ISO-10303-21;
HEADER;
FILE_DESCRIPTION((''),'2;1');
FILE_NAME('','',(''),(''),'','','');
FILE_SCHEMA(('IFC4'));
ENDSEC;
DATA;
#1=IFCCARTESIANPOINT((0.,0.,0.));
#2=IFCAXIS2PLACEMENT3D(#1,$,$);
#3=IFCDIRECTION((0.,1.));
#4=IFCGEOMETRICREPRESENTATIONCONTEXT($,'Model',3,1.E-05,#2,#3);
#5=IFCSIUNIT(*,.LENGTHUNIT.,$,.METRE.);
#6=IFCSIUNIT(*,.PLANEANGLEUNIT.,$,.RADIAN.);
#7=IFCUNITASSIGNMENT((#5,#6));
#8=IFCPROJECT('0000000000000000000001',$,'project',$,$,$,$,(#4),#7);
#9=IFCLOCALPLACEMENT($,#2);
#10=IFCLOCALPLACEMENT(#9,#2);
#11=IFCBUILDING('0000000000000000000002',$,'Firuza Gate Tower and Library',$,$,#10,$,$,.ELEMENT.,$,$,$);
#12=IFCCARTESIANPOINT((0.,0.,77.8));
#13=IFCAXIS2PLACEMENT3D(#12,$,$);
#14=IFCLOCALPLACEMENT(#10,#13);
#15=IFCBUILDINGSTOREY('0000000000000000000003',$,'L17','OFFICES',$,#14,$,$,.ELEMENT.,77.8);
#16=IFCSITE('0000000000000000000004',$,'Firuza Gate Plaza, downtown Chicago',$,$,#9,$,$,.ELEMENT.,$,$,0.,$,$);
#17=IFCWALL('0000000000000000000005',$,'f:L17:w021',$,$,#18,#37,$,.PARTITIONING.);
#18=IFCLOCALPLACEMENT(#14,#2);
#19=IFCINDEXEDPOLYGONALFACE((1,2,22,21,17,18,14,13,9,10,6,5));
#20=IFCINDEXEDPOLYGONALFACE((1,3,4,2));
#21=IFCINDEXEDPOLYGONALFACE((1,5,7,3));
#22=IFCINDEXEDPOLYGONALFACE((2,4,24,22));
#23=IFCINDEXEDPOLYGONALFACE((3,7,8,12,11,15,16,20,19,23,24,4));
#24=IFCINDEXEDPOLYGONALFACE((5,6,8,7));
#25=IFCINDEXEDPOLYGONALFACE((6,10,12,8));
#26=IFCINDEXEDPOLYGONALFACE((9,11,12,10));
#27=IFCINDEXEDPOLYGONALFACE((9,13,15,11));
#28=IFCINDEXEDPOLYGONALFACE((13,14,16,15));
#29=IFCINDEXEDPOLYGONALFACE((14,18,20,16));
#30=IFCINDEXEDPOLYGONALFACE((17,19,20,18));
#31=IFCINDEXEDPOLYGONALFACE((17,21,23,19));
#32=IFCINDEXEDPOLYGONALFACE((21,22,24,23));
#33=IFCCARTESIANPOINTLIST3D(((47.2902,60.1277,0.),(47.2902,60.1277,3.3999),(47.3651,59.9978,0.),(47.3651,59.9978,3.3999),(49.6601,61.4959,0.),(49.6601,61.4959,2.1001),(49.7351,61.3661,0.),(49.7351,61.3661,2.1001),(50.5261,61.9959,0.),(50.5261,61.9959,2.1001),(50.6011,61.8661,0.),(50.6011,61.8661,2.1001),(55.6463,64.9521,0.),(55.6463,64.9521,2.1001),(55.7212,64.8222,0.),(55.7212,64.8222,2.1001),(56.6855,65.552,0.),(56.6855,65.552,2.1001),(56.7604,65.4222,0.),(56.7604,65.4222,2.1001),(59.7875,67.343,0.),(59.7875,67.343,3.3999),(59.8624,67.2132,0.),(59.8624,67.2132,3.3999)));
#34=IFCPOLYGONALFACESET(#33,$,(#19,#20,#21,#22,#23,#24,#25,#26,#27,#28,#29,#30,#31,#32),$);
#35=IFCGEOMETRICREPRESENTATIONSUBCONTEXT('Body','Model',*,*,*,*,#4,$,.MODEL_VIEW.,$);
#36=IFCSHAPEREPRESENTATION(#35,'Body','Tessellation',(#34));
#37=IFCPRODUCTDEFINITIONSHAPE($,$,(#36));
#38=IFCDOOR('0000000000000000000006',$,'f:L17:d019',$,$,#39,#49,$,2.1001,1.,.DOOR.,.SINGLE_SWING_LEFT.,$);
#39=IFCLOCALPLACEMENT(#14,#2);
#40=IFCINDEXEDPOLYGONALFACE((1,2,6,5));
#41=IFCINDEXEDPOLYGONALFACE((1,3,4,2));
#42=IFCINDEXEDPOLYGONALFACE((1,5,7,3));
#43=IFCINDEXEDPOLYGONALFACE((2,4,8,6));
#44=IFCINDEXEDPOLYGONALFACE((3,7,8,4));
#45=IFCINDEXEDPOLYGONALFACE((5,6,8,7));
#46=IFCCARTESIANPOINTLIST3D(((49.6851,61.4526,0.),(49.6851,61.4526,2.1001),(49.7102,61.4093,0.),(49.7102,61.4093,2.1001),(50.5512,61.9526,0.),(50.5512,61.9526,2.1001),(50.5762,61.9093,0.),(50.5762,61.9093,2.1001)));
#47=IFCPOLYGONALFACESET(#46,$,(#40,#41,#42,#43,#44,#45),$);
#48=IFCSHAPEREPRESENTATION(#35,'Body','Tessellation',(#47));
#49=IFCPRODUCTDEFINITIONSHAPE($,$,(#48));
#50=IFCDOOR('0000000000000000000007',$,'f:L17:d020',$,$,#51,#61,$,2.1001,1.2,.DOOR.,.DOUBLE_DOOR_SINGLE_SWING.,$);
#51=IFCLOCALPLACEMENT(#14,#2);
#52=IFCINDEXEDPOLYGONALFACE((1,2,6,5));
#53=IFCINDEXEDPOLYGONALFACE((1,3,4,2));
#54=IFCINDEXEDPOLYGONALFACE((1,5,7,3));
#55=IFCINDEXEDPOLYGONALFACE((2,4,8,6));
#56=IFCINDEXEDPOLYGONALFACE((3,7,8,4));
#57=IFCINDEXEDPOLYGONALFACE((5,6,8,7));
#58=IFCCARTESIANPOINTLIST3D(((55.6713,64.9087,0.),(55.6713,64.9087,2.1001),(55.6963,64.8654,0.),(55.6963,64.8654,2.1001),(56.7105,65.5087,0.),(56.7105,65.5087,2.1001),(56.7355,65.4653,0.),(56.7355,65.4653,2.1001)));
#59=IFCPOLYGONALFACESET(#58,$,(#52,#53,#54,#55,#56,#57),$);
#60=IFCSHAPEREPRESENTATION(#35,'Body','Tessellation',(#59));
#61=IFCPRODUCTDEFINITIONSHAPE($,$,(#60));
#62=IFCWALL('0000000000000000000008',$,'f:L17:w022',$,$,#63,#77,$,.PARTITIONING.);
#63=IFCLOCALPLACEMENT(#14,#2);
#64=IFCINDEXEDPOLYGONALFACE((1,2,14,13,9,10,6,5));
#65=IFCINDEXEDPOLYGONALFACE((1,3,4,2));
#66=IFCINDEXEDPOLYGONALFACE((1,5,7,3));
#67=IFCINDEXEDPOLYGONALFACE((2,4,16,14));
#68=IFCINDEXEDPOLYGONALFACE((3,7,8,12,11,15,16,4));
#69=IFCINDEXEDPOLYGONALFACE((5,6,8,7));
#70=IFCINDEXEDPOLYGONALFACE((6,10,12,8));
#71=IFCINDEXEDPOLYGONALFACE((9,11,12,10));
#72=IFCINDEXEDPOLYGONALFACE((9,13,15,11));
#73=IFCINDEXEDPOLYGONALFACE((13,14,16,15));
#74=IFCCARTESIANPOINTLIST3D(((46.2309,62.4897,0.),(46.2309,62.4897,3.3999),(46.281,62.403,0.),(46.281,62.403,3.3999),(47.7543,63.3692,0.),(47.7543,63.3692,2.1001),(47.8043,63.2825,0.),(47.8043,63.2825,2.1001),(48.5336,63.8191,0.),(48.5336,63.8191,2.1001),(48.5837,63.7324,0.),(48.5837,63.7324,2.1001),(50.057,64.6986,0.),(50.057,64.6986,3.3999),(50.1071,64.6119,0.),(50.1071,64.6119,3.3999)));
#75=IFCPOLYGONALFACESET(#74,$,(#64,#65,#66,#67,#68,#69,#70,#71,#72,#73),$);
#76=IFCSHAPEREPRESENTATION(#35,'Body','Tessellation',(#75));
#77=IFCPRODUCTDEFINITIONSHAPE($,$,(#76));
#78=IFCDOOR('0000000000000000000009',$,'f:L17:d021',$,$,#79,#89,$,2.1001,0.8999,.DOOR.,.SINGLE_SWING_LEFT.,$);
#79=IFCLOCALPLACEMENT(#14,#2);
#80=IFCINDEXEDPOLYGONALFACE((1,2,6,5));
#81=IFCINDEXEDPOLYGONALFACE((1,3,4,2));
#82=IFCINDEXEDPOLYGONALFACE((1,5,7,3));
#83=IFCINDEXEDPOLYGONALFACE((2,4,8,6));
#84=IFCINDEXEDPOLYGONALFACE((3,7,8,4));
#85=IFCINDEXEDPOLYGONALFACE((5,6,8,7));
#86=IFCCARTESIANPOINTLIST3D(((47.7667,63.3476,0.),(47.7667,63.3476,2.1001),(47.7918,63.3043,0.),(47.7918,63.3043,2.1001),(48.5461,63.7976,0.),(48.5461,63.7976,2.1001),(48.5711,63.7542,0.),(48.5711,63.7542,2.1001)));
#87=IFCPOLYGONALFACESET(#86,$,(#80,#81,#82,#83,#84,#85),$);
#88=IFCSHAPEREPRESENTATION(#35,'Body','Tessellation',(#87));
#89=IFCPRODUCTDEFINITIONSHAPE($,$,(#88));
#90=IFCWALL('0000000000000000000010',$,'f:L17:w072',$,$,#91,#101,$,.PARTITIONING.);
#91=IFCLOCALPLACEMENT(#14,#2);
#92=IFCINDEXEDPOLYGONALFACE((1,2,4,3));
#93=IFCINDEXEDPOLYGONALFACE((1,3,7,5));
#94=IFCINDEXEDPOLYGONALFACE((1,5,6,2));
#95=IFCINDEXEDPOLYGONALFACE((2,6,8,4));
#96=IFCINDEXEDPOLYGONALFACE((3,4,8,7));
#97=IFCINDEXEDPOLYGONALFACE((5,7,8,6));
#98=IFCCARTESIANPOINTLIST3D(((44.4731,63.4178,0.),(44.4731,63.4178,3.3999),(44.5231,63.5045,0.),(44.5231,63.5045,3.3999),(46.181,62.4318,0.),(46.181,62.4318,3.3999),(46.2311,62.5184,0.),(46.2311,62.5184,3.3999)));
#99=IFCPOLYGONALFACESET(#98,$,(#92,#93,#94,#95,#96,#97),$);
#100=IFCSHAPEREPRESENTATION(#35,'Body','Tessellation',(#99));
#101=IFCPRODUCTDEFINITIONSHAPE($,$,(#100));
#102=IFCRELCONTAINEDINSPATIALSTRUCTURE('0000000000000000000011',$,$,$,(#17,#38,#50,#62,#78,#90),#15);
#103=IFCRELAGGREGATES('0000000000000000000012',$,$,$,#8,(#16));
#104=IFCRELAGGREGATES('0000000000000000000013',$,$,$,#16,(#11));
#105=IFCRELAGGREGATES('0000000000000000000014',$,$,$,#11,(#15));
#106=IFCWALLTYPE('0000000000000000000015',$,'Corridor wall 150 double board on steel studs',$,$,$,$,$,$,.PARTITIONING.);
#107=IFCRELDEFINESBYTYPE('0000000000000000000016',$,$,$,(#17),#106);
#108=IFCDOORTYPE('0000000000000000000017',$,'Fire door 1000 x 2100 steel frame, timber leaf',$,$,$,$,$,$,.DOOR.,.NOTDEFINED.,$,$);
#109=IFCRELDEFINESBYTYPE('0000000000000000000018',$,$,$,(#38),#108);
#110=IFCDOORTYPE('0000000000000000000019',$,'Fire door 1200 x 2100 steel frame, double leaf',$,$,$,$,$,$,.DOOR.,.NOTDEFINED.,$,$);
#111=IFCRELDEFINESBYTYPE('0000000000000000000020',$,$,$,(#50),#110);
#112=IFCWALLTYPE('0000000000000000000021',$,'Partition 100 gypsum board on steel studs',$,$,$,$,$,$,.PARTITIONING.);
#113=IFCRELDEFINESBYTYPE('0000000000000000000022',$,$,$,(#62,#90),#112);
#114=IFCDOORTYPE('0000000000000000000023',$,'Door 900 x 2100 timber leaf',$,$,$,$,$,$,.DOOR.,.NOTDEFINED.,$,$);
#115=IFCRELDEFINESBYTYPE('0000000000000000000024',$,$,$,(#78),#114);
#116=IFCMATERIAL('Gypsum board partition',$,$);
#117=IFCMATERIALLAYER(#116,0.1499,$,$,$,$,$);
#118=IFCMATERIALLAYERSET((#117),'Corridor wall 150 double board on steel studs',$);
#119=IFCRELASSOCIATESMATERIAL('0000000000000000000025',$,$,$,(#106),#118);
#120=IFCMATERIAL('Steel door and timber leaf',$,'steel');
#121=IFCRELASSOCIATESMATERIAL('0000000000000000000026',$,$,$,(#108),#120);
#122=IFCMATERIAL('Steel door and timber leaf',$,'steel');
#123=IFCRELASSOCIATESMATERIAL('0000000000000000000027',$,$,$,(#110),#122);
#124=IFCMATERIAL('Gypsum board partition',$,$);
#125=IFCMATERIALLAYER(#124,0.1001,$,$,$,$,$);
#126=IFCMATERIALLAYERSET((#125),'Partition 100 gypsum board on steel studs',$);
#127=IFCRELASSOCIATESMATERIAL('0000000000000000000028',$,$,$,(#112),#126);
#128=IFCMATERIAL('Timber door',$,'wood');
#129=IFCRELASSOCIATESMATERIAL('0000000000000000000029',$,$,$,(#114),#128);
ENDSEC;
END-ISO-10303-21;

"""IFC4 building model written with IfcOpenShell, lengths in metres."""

from ifc_helpers import new_model, si_unit, direction, frame, frame_2d, origin, place, context, subcontext, project, spatial, rectangle, extrude, material, layer, layer_set, type_object, element, fill, save


model = new_model("IFC4")

# Units and contexts
model_context = context("Model", 3, precision=1e-05, world=origin(), true_north=direction((0.0, 1.0)))
body_context = subcontext(model_context, "Body", "Model", "MODEL_VIEW")
ifc_project = project(units=[si_unit("LENGTHUNIT", "METRE"), si_unit("PLANEANGLEUNIT", "RADIAN")], contexts=[model_context])

# Site, building, storey
site_placement = place(None, origin())
site = spatial("IfcSite", under=ifc_project, at=site_placement, Name="Firuza Gate Plaza, downtown Chicago", CompositionType="ELEMENT", RefElevation=0.0)
building_placement = place(site_placement, origin())
building = spatial("IfcBuilding", under=site, at=building_placement, Name="Firuza Gate Tower and Library", CompositionType="ELEMENT")
storey_placement = place(building_placement, frame((0.0, 0.0, 77.8)))
storey = spatial("IfcBuildingStorey", under=building, at=storey_placement, Name="L17", Description="OFFICES", CompositionType="ELEMENT", Elevation=77.8)

# Wall, openings, doors
ifc_material_1 = material(Name="Gypsum board partition")
ifc_layer_1 = layer(ifc_material_1, 0.1499)
ifc_layer_set_1 = layer_set([ifc_layer_1], Name="Corridor wall 150 double board on steel studs")
wall_type_1 = type_object("IfcWallType", Name="Corridor wall 150 double board on steel studs", PredefinedType="PARTITIONING", material=ifc_layer_set_1)
wall_1_placement = place(storey_placement, frame((47.3276, 60.0627, 0.0), z_axis=(0.0, 0.0, 1.0), x_axis=(0.866025, 0.5, 0.0)))
wall_1 = element("IfcWall", 1, at=wall_1_placement, inside=storey, type_object=wall_type_1, Name="f:L17:w021", PredefinedType="PARTITIONING", context=body_context, shape_type="SweptSolid", body=[
    extrude(rectangle(XDim=14.4307, YDim=0.1499, at=frame_2d((7.2153, 0.0))), origin(), (0.0, 0.0, 1.0), 3.3999),
])
opening_1_placement = place(wall_1_placement, frame((2.7366, 0.0, 0.0)))
opening_1 = element("IfcOpeningElement", 2, at=opening_1_placement, cuts=wall_1, PredefinedType="OPENING", context=body_context, shape_type="SweptSolid", body=[
    extrude(rectangle(XDim=1.0, YDim=2.1001, at=frame_2d((0.5, 1.05))), frame((0.0, 0.085, 0.0), z_axis=(0.0, -1.0, 0.0), x_axis=(1.0, 0.0, 0.0)), (0.0, 0.0, 1.0), 0.1699),
])
opening_2_placement = place(wall_1_placement, frame((9.6487, 0.0, 0.0)))
opening_2 = element("IfcOpeningElement", 3, at=opening_2_placement, cuts=wall_1, PredefinedType="OPENING", context=body_context, shape_type="SweptSolid", body=[
    extrude(rectangle(XDim=1.2, YDim=2.1001, at=frame_2d((0.6001, 1.05))), frame((0.0, 0.085, 0.0), z_axis=(0.0, -1.0, 0.0), x_axis=(1.0, 0.0, 0.0)), (0.0, 0.0, 1.0), 0.1699),
])
ifc_material_2 = material(Name="Steel door and timber leaf", Category="steel")
door_type_1 = type_object("IfcDoorType", Name="Fire door 1000 x 2100 steel frame, timber leaf", OperationType="NOTDEFINED", PredefinedType="DOOR", material=ifc_material_2)
door_1_placement = place(opening_1_placement, origin())
door_1 = element("IfcDoor", 4, at=door_1_placement, inside=storey, type_object=door_type_1, Name="f:L17:d019", OperationType="SINGLE_SWING_LEFT", OverallHeight=2.1001, OverallWidth=1.0, PredefinedType="DOOR", context=body_context, shape_type="SweptSolid", body=[
    extrude(rectangle(XDim=1.0, YDim=2.1001, at=frame_2d((0.5, 1.05))), frame((0.0, 0.0249, 0.0), z_axis=(0.0, -1.0, 0.0), x_axis=(1.0, 0.0, 0.0)), (0.0, 0.0, 1.0), 0.05),
])
fill(opening_1, door_1)
ifc_material_3 = material(Name="Steel door and timber leaf", Category="steel")
door_type_2 = type_object("IfcDoorType", Name="Fire door 1200 x 2100 steel frame, double leaf", OperationType="NOTDEFINED", PredefinedType="DOOR", material=ifc_material_3)
door_2_placement = place(opening_2_placement, origin())
door_2 = element("IfcDoor", 5, at=door_2_placement, inside=storey, type_object=door_type_2, Name="f:L17:d020", OperationType="DOUBLE_DOOR_SINGLE_SWING", OverallHeight=2.1001, OverallWidth=1.2, PredefinedType="DOOR", context=body_context, shape_type="SweptSolid", body=[
    extrude(rectangle(XDim=1.2, YDim=2.1001, at=frame_2d((0.6001, 1.05))), frame((0.0, 0.0249, 0.0), z_axis=(0.0, -1.0, 0.0), x_axis=(1.0, 0.0, 0.0)), (0.0, 0.0, 1.0), 0.05),
])
fill(opening_2, door_2)

# Wall, opening, door
ifc_material_4 = material(Name="Gypsum board partition")
ifc_layer_2 = layer(ifc_material_4, 0.1001)
ifc_layer_set_2 = layer_set([ifc_layer_2], Name="Partition 100 gypsum board on steel studs")
wall_type_2 = type_object("IfcWallType", Name="Partition 100 gypsum board on steel studs", PredefinedType="PARTITIONING", material=ifc_layer_set_2)
wall_2_placement = place(storey_placement, frame((50.082, 64.6553, 0.0), z_axis=(0.0, 0.0, 1.0), x_axis=(-0.866031, -0.49999, 0.0)))
wall_2 = element("IfcWall", 6, at=wall_2_placement, inside=storey, type_object=wall_type_2, Name="f:L17:w022", PredefinedType="PARTITIONING", context=body_context, shape_type="SweptSolid", body=[
    extrude(rectangle(XDim=4.418, YDim=0.1001, at=frame_2d((2.209, 0.0))), origin(), (0.0, 0.0, 1.0), 3.3999),
])
opening_3_placement = place(wall_2_placement, frame((1.759, 0.0, 0.0)))
opening_3 = element("IfcOpeningElement", 7, at=opening_3_placement, cuts=wall_2, PredefinedType="OPENING", context=body_context, shape_type="SweptSolid", body=[
    extrude(rectangle(XDim=0.8999, YDim=2.1001, at=frame_2d((0.45, 1.05))), frame((0.0, 0.0601, 0.0), z_axis=(0.0, -1.0, 0.0), x_axis=(1.0, 0.0, 0.0)), (0.0, 0.0, 1.0), 0.1201),
])
ifc_material_5 = material(Name="Timber door", Category="wood")
door_type_3 = type_object("IfcDoorType", Name="Door 900 x 2100 timber leaf", OperationType="NOTDEFINED", PredefinedType="DOOR", material=ifc_material_5)
door_3_placement = place(opening_3_placement, origin())
door_3 = element("IfcDoor", 8, at=door_3_placement, inside=storey, type_object=door_type_3, Name="f:L17:d021", OperationType="SINGLE_SWING_LEFT", OverallHeight=2.1001, OverallWidth=0.8999, PredefinedType="DOOR", context=body_context, shape_type="SweptSolid", body=[
    extrude(rectangle(XDim=0.8999, YDim=2.1001, at=frame_2d((0.45, 1.05))), frame((0.0, 0.0249, 0.0), z_axis=(0.0, -1.0, 0.0), x_axis=(1.0, 0.0, 0.0)), (0.0, 0.0, 1.0), 0.05),
])
fill(opening_3, door_3)

# Wall
wall_3_placement = place(storey_placement, frame((46.2061, 62.4751, 0.0), z_axis=(0.0, 0.0, 1.0), x_axis=(-0.866033, 0.499987, 0.0)))
element("IfcWall", 9, at=wall_3_placement, inside=storey, type_object=wall_type_2, Name="f:L17:w072", PredefinedType="PARTITIONING", context=body_context, shape_type="SweptSolid", body=[
    extrude(rectangle(XDim=1.9722, YDim=0.1001, at=frame_2d((0.9861, 0.0))), origin(), (0.0, 0.0, 1.0), 3.3999),
])

save(model, "model.ifc")
